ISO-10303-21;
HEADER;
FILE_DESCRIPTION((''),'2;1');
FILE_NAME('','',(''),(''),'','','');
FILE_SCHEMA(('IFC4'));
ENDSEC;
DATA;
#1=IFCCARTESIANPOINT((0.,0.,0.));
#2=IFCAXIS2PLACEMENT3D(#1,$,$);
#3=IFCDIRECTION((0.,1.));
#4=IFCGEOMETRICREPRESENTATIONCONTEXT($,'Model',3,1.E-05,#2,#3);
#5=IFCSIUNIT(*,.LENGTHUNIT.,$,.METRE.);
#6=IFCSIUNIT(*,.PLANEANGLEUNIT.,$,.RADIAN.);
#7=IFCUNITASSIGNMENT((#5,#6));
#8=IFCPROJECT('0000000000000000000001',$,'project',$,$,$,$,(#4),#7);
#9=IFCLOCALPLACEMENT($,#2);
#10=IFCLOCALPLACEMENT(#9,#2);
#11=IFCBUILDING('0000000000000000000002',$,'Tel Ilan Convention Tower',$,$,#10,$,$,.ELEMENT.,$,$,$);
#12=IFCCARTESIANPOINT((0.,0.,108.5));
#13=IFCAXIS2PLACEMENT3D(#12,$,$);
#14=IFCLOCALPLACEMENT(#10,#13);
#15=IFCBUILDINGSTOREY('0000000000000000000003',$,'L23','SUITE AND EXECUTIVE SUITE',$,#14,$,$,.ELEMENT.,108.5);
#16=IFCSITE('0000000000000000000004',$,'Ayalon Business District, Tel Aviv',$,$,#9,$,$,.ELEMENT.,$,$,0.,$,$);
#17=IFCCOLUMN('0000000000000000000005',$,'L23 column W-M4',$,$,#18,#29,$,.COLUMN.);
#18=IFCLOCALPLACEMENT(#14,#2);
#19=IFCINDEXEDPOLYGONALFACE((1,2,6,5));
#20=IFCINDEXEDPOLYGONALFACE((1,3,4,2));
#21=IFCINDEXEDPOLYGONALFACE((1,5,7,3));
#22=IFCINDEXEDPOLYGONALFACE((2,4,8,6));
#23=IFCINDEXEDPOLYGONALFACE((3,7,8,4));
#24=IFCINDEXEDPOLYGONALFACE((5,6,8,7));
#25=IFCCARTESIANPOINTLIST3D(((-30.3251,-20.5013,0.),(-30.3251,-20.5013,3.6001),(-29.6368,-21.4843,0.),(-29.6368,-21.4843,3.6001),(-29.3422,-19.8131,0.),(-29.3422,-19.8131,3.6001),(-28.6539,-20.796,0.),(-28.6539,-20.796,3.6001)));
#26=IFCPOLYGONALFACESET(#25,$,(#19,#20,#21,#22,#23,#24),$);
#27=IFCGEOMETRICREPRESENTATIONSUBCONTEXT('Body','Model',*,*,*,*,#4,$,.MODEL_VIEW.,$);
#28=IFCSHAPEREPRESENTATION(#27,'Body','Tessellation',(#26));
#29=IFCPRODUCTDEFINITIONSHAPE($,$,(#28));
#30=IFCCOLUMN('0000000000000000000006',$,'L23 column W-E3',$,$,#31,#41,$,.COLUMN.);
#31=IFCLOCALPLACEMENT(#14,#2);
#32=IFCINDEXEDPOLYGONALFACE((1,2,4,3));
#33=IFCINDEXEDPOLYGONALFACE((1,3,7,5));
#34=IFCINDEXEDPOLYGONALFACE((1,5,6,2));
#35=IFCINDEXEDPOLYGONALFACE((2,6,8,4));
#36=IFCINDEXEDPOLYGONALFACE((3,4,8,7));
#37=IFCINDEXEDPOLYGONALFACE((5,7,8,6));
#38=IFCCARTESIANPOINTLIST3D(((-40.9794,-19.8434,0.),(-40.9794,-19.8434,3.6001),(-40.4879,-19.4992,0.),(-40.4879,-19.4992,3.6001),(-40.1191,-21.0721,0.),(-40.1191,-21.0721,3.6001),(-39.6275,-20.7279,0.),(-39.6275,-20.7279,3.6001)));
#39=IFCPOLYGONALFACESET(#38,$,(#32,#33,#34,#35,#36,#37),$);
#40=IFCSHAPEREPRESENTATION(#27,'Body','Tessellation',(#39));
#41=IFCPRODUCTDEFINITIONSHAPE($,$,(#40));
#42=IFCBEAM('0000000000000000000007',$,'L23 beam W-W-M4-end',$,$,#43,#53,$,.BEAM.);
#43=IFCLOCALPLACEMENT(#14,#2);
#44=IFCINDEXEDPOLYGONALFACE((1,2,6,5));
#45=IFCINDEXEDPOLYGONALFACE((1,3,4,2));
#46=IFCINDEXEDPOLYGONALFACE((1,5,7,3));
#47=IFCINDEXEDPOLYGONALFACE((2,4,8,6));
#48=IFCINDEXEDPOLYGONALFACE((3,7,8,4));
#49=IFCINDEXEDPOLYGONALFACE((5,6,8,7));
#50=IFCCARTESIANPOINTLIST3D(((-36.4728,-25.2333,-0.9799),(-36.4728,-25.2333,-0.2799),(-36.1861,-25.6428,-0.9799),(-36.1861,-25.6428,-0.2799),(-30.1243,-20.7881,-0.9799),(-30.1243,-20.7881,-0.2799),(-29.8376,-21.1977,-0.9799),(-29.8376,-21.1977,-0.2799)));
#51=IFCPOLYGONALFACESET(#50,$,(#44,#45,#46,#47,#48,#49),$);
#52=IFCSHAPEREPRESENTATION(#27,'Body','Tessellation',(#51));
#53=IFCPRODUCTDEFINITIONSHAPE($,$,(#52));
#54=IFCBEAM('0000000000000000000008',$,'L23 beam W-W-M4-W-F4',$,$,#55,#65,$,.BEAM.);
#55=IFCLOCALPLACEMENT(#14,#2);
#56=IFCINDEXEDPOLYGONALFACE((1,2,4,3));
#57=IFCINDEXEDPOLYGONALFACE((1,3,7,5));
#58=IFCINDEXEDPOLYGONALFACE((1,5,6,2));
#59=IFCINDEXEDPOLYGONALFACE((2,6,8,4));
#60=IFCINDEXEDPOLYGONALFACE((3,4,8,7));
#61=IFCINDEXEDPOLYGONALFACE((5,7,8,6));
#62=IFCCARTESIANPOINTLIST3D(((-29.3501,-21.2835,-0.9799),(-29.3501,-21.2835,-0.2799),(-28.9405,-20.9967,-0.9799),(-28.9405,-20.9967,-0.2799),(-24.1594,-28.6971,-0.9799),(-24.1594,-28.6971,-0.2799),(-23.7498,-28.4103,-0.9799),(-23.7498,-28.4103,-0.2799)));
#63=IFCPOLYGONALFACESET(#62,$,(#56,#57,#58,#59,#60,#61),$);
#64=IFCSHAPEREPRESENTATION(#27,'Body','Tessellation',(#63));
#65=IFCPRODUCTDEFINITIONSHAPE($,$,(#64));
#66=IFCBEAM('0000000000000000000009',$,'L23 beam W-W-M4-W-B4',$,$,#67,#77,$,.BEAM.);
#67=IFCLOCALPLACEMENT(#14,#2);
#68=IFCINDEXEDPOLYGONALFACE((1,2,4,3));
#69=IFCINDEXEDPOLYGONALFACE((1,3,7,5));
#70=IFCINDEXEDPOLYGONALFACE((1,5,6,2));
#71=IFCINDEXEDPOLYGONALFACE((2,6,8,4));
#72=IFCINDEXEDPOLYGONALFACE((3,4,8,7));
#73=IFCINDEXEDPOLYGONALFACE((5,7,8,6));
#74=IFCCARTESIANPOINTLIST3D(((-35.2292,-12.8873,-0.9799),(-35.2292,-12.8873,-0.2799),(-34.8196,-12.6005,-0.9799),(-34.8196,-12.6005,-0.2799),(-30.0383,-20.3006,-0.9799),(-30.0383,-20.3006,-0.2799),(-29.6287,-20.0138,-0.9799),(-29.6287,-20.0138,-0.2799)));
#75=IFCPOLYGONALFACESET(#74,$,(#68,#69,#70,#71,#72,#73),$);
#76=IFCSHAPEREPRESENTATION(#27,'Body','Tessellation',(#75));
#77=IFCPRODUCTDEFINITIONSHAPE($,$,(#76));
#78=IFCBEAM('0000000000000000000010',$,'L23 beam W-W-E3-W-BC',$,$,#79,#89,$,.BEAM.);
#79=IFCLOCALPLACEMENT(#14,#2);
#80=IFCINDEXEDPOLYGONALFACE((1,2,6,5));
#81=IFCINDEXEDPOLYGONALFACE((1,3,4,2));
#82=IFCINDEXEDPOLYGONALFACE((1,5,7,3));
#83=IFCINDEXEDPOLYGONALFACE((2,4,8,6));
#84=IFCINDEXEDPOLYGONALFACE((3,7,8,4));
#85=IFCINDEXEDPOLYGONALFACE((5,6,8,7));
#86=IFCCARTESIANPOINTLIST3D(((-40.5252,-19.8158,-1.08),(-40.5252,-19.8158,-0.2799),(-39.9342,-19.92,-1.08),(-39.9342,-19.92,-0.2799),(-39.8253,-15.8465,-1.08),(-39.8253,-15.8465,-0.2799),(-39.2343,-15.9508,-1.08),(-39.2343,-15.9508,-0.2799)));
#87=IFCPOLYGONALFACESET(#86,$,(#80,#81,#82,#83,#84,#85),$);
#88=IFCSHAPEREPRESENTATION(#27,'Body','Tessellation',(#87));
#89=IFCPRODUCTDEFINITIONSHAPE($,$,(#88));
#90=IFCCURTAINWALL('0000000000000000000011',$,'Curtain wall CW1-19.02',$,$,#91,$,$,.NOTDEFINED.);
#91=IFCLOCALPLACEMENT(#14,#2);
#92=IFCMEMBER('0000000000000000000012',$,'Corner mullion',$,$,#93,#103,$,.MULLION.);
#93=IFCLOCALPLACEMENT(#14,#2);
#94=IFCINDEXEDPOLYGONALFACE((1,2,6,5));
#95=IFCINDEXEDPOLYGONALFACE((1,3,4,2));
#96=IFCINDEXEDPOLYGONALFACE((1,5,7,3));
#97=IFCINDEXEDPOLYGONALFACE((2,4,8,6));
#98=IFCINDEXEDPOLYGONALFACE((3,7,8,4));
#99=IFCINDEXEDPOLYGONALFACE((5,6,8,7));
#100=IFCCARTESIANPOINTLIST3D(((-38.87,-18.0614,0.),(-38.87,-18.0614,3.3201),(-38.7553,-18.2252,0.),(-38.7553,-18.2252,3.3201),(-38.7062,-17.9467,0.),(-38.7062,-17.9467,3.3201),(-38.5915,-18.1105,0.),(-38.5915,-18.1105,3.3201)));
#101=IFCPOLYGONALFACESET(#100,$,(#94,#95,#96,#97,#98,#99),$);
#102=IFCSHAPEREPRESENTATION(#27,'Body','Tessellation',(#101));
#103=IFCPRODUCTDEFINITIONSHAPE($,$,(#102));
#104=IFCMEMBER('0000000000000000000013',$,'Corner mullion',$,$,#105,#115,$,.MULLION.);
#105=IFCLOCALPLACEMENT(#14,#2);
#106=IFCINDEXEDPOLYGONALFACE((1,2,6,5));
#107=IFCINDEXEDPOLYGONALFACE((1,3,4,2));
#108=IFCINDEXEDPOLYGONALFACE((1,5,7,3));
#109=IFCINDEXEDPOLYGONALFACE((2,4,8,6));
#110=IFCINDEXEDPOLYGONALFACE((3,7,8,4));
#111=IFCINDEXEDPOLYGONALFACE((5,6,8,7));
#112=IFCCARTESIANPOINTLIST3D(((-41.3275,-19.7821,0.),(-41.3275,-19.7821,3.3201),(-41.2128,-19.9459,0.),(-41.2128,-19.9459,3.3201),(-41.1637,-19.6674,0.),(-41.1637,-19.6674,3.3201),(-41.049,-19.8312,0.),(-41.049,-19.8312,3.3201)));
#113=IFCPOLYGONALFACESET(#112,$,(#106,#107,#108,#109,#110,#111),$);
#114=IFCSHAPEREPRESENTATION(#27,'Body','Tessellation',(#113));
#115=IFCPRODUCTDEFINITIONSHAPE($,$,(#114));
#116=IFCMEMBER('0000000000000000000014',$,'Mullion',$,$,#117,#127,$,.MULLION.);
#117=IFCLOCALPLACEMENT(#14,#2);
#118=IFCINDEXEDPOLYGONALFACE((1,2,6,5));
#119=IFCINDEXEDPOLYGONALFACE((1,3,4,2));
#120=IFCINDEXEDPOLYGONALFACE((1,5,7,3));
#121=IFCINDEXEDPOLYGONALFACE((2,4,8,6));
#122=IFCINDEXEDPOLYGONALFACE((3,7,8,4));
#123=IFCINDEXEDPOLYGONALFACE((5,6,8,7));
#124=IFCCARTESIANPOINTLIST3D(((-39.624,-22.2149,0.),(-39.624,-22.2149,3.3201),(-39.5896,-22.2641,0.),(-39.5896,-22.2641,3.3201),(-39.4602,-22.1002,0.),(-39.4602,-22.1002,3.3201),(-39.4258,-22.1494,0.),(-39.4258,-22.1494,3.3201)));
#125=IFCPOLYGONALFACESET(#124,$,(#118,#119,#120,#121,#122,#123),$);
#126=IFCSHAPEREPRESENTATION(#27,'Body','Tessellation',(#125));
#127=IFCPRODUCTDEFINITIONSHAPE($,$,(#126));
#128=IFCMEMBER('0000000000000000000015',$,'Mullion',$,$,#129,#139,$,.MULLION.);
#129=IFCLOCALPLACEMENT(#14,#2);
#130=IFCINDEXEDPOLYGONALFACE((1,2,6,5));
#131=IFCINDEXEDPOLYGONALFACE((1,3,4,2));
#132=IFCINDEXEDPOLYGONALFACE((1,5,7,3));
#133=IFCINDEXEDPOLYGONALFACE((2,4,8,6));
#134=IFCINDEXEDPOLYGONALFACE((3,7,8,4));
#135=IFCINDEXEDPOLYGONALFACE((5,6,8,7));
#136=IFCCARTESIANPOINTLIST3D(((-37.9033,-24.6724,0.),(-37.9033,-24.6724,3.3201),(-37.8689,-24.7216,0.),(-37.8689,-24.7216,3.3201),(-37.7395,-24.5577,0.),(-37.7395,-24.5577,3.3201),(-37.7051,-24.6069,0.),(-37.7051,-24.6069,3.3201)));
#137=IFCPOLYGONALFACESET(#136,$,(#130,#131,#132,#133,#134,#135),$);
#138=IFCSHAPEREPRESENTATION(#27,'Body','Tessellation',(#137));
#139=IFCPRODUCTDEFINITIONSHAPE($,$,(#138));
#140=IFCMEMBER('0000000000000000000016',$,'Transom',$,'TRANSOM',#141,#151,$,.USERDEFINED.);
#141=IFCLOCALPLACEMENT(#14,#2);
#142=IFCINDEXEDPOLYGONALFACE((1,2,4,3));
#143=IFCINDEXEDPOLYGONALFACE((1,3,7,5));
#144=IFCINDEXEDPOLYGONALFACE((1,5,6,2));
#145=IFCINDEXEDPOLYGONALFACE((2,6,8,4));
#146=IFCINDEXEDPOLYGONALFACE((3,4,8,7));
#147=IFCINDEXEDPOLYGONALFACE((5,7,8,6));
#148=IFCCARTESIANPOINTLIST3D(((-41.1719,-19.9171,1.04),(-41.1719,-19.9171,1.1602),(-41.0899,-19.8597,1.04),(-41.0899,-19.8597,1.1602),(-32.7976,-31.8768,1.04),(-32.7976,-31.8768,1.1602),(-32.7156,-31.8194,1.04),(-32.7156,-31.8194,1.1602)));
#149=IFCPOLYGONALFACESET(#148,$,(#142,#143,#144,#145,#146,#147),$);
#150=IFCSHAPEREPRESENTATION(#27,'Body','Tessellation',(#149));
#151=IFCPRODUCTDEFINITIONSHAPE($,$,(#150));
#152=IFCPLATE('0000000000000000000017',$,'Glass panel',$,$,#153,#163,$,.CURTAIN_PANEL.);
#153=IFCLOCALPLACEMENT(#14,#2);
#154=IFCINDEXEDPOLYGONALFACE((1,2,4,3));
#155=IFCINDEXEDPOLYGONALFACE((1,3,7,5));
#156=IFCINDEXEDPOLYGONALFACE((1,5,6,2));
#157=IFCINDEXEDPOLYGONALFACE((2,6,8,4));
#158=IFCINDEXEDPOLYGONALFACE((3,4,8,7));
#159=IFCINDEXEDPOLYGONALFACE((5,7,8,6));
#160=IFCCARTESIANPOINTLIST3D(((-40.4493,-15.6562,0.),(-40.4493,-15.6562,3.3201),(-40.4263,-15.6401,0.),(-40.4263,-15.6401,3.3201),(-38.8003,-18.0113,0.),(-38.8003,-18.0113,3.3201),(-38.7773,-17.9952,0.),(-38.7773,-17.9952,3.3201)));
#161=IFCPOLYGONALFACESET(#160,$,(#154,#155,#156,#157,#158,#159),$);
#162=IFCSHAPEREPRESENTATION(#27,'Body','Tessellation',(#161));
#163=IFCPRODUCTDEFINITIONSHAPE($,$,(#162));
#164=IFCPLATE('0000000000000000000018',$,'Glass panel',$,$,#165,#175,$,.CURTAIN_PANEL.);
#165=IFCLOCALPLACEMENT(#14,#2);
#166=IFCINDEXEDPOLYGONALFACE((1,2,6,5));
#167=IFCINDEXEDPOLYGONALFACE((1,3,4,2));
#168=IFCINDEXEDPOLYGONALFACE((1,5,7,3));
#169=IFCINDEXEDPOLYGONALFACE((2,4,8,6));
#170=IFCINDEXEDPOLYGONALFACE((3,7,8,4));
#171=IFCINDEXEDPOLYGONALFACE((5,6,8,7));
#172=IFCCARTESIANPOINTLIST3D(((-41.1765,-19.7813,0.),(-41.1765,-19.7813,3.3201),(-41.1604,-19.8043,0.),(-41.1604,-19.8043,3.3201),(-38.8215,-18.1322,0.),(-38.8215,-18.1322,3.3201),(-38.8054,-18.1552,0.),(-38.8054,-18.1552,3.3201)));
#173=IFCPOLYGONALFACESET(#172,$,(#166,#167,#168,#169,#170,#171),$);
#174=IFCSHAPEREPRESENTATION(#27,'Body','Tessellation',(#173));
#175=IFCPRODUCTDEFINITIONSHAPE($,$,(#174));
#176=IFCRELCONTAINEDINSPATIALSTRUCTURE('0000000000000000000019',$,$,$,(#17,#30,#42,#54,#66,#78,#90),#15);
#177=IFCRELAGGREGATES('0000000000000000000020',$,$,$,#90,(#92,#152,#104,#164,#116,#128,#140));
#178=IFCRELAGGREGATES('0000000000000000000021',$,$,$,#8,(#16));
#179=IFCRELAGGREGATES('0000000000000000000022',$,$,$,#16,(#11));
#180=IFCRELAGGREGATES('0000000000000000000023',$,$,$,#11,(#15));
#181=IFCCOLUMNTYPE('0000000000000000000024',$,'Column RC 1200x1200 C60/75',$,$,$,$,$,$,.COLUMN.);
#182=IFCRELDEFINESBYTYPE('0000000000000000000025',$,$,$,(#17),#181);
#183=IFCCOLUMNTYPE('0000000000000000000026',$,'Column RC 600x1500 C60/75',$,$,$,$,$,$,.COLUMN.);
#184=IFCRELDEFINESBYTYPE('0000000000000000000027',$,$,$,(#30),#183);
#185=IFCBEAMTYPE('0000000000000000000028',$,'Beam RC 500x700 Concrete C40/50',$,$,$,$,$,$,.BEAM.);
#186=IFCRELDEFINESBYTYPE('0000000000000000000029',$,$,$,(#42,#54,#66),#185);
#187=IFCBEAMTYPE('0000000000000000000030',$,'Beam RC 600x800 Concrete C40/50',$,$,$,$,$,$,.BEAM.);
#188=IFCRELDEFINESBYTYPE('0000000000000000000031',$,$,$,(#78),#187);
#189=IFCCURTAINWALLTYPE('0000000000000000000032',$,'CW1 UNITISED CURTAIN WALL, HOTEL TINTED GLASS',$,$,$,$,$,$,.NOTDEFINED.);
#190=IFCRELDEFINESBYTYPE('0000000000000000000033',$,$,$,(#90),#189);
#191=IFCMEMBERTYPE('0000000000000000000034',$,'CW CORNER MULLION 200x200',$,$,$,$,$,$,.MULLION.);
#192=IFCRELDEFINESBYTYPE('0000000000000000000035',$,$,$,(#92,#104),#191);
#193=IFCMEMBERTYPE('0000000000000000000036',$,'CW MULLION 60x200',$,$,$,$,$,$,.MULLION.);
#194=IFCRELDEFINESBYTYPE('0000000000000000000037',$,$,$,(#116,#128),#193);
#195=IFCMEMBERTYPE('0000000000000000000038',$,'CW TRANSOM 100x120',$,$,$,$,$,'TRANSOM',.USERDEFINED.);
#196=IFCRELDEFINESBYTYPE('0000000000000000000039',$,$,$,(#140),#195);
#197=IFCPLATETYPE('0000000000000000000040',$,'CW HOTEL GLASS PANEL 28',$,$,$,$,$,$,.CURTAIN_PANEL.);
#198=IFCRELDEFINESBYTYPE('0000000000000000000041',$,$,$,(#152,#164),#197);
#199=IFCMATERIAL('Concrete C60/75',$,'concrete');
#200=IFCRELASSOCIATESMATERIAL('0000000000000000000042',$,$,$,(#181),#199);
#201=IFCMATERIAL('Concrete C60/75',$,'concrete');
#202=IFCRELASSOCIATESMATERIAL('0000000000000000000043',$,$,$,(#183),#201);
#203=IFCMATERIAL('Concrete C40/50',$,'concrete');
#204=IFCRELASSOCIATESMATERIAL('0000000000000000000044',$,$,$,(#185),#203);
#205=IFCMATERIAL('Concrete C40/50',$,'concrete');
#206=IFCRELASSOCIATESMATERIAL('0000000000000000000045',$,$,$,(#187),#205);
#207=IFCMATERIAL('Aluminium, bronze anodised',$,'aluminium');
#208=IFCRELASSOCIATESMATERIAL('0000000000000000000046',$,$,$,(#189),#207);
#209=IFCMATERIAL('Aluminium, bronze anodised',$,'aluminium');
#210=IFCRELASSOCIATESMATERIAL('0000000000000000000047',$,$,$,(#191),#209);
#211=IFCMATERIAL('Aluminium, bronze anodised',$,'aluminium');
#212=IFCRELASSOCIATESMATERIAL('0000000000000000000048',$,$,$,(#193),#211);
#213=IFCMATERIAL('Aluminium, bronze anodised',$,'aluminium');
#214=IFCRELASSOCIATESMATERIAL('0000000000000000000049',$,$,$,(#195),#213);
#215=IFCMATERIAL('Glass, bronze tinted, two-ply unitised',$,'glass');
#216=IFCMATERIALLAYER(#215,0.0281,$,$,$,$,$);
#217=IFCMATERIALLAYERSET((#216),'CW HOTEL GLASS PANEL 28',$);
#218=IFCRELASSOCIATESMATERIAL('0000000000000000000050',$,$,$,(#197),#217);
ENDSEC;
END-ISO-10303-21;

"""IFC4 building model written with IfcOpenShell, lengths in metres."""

from ifc_helpers import new_model, si_unit, direction, frame, origin, origin_2d, place, context, subcontext, project, spatial, rectangle, extrude, material, layer, layer_set, material_profile, profile_set, type_object, element, aggregate, save


model = new_model("IFC4")

# Units and contexts
model_context = context("Model", 3, precision=1e-05, world=origin(), true_north=direction((0.0, 1.0)))
body_context = subcontext(model_context, "Body", "Model", "MODEL_VIEW")
ifc_project = project(units=[si_unit("LENGTHUNIT", "METRE"), si_unit("PLANEANGLEUNIT", "RADIAN")], contexts=[model_context])

# Site, building, storey
site_placement = place(None, origin())
site = spatial("IfcSite", under=ifc_project, at=site_placement, Name="Ayalon Business District, Tel Aviv", CompositionType="ELEMENT", RefElevation=0.0)
building_placement = place(site_placement, origin())
building = spatial("IfcBuilding", under=site, at=building_placement, Name="Tel Ilan Convention Tower", CompositionType="ELEMENT")
storey_placement = place(building_placement, frame((0.0, 0.0, 108.5)))
storey = spatial("IfcBuildingStorey", under=building, at=storey_placement, Name="L23", Description="SUITE AND EXECUTIVE SUITE", CompositionType="ELEMENT", Elevation=108.5)

# Columns
ifc_material_1 = material(Name="Concrete C60/75", Category="concrete")
ifc_material_profile_1 = material_profile(ifc_material_1, rectangle(XDim=1.2, YDim=1.2, at=origin_2d()), Name="RC 1200x1200")
ifc_profile_set_1 = profile_set([ifc_material_profile_1], Name="Concrete C60/75")
column_type_1 = type_object("IfcColumnType", Name="Column RC 1200x1200 C60/75", PredefinedType="COLUMN", material=ifc_profile_set_1)
column_1_placement = place(storey_placement, frame((-29.4895, -20.6487, 0.0), z_axis=(0.0, 0.0, 1.0), x_axis=(-0.819152, -0.573576, 0.0)))
element("IfcColumn", 1, at=column_1_placement, inside=storey, type_object=column_type_1, Name="L23 column W-M4", PredefinedType="COLUMN", context=body_context, shape_type="SweptSolid", body=[
    extrude(rectangle(XDim=1.2, YDim=1.2, at=origin_2d()), origin(), (0.0, 0.0, 1.0), 3.6001),
])
ifc_material_2 = material(Name="Concrete C60/75", Category="concrete")
ifc_material_profile_2 = material_profile(ifc_material_2, rectangle(XDim=1.5, YDim=0.6001, at=origin_2d()), Name="RC 600x1500")
ifc_profile_set_2 = profile_set([ifc_material_profile_2], Name="Concrete C60/75")
column_type_2 = type_object("IfcColumnType", Name="Column RC 600x1500 C60/75", PredefinedType="COLUMN", material=ifc_profile_set_2)
column_2_placement = place(storey_placement, frame((-40.3035, -20.2856, 0.0), z_axis=(0.0, 0.0, 1.0), x_axis=(-0.573576, 0.819152, 0.0)))
element("IfcColumn", 2, at=column_2_placement, inside=storey, type_object=column_type_2, Name="L23 column W-E3", PredefinedType="COLUMN", context=body_context, shape_type="SweptSolid", body=[
    extrude(rectangle(XDim=1.5, YDim=0.6001, at=origin_2d()), origin(), (0.0, 0.0, 1.0), 3.6001),
])

# Beams
ifc_material_3 = material(Name="Concrete C40/50", Category="concrete")
ifc_material_profile_3 = material_profile(ifc_material_3, rectangle(XDim=0.5, YDim=0.7, at=origin_2d()), Name="RC 500x700")
ifc_profile_set_3 = profile_set([ifc_material_profile_3], Name="Concrete C40/50")
beam_type_1 = type_object("IfcBeamType", Name="Beam RC 500x700 Concrete C40/50", PredefinedType="BEAM", material=ifc_profile_set_3)
beam_1_placement = place(storey_placement, frame((-29.981, -20.9929, -0.6299), z_axis=(-0.819159, -0.573566, 0.0), x_axis=(0.573566, -0.819159, 0.0)))
element("IfcBeam", 3, at=beam_1_placement, inside=storey, type_object=beam_type_1, Name="L23 beam W-W-M4-end", PredefinedType="BEAM", context=body_context, shape_type="SweptSolid", body=[
    extrude(rectangle(XDim=0.5, YDim=0.7, at=origin_2d()), origin(), (0.0, 0.0, 1.0), 7.75),
])
for number, where, z_axis, x_axis, name in (
    (4, (-29.1453, -21.1401, -0.6299), (0.573549, -0.819171, 0.0), (0.819171, 0.573549, 0.0), "L23 beam W-W-M4-W-F4"),
    (5, (-29.8335, -20.1572, -0.6299), (-0.57358, 0.81915, 0.0), (-0.81915, -0.57358, 0.0), "L23 beam W-W-M4-W-B4"),
):
    element("IfcBeam", number, at=place(storey_placement, frame(where, z_axis=z_axis, x_axis=x_axis)), inside=storey, type_object=beam_type_1, Name=name, PredefinedType="BEAM", context=body_context, shape_type="SweptSolid", body=[
        extrude(rectangle(XDim=0.5, YDim=0.7, at=origin_2d()), origin(), (0.0, 0.0, 1.0), 9.05),
    ])
ifc_material_4 = material(Name="Concrete C40/50", Category="concrete")
ifc_material_profile_4 = material_profile(ifc_material_4, rectangle(XDim=0.6001, YDim=0.8, at=origin_2d()), Name="RC 600x800")
ifc_profile_set_4 = profile_set([ifc_material_profile_4], Name="Concrete C40/50")
beam_type_2 = type_object("IfcBeamType", Name="Beam RC 600x800 Concrete C40/50", PredefinedType="BEAM", material=ifc_profile_set_4)
beam_2_placement = place(storey_placement, frame((-40.2297, -19.8679, -0.6799), z_axis=(0.173664, 0.984805, 0.0), x_axis=(-0.984805, 0.173664, 0.0)))
element("IfcBeam", 6, at=beam_2_placement, inside=storey, type_object=beam_type_2, Name="L23 beam W-W-E3-W-BC", PredefinedType="BEAM", context=body_context, shape_type="SweptSolid", body=[
    extrude(rectangle(XDim=0.6001, YDim=0.8, at=origin_2d()), origin(), (0.0, 0.0, 1.0), 4.0305),
])

# Curtain wall, members, plates
ifc_material_5 = material(Name="Aluminium, bronze anodised", Category="aluminium")
curtain_wall_type = type_object("IfcCurtainWallType", Name="CW1 UNITISED CURTAIN WALL, HOTEL TINTED GLASS", PredefinedType="NOTDEFINED", material=ifc_material_5)
curtain_wall_placement = place(storey_placement, origin())
curtain_wall = element("IfcCurtainWall", 7, at=curtain_wall_placement, inside=storey, type_object=curtain_wall_type, Name="Curtain wall CW1-19.02", PredefinedType="NOTDEFINED")
ifc_material_6 = material(Name="Aluminium, bronze anodised", Category="aluminium")
ifc_material_profile_5 = material_profile(ifc_material_6, rectangle(XDim=0.2, YDim=0.2, at=origin_2d()), Name="CW CORNER MULLION 200x200")
ifc_profile_set_5 = profile_set([ifc_material_profile_5], Name="Aluminium, bronze anodised")
member_type_1 = type_object("IfcMemberType", Name="CW CORNER MULLION 200x200", PredefinedType="MULLION", material=ifc_profile_set_5)
member_1_placement = place(storey_placement, frame((-38.7307, -18.0859, 0.0), z_axis=(0.0, 0.0, 1.0), x_axis=(0.573576, -0.819152, 0.0)))
member_1 = element("IfcMember", 8, at=member_1_placement, type_object=member_type_1, Name="Corner mullion", PredefinedType="MULLION", context=body_context, shape_type="SweptSolid", body=[
    extrude(rectangle(XDim=0.2, YDim=0.2, at=origin_2d()), origin(), (0.0, 0.0, 1.0), 3.3201),
])
member_2_placement = place(storey_placement, frame((-41.1882, -19.8066, 0.0), z_axis=(0.0, 0.0, 1.0), x_axis=(-0.819152, -0.573576, 0.0)))
member_2 = element("IfcMember", 9, at=member_2_placement, type_object=member_type_1, Name="Corner mullion", PredefinedType="MULLION", context=body_context, shape_type="SweptSolid", body=[
    extrude(rectangle(XDim=0.2, YDim=0.2, at=origin_2d()), origin(), (0.0, 0.0, 1.0), 3.3201),
])
ifc_material_7 = material(Name="Aluminium, bronze anodised", Category="aluminium")
ifc_material_profile_6 = material_profile(ifc_material_7, rectangle(XDim=0.0601, YDim=0.2, at=origin_2d()), Name="CW MULLION 60x200")
ifc_profile_set_6 = profile_set([ifc_material_profile_6], Name="Aluminium, bronze anodised")
member_type_2 = type_object("IfcMemberType", Name="CW MULLION 60x200", PredefinedType="MULLION", material=ifc_profile_set_6)
member_3_placement = place(storey_placement, frame((-39.5249, -22.1821, 0.0), z_axis=(0.0, 0.0, 1.0), x_axis=(0.573576, -0.819152, 0.0)))
member_3 = element("IfcMember", 10, at=member_3_placement, type_object=member_type_2, Name="Mullion", PredefinedType="MULLION", context=body_context, shape_type="SweptSolid", body=[
    extrude(rectangle(XDim=0.0601, YDim=0.2, at=origin_2d()), origin(), (0.0, 0.0, 1.0), 3.3201),
])
member_4_placement = place(storey_placement, frame((-37.8042, -24.6396, 0.0), z_axis=(0.0, 0.0, 1.0), x_axis=(0.573576, -0.819152, 0.0)))
member_4 = element("IfcMember", 11, at=member_4_placement, type_object=member_type_2, Name="Mullion", PredefinedType="MULLION", context=body_context, shape_type="SweptSolid", body=[
    extrude(rectangle(XDim=0.0601, YDim=0.2, at=origin_2d()), origin(), (0.0, 0.0, 1.0), 3.3201),
])
ifc_material_8 = material(Name="Aluminium, bronze anodised", Category="aluminium")
ifc_material_profile_7 = material_profile(ifc_material_8, rectangle(XDim=0.1001, YDim=0.1201, at=origin_2d()), Name="CW TRANSOM 100x120")
ifc_profile_set_7 = profile_set([ifc_material_profile_7], Name="Aluminium, bronze anodised")
member_type_3 = type_object("IfcMemberType", Name="CW TRANSOM 100x120", ElementType="TRANSOM", PredefinedType="USERDEFINED", material=ifc_profile_set_7)
member_5_placement = place(storey_placement, frame((-41.1309, -19.8884, 1.1001), z_axis=(0.573576, -0.819153, 0.0), x_axis=(0.819153, 0.573576, 0.0)))
member_5 = element("IfcMember", 12, at=member_5_placement, type_object=member_type_3, Name="Transom", ObjectType="TRANSOM", PredefinedType="USERDEFINED", context=body_context, shape_type="SweptSolid", body=[
    extrude(rectangle(XDim=0.1001, YDim=0.1201, at=origin_2d()), origin(), (0.0, 0.0, 1.0), 14.6001),
])
ifc_material_9 = material(Name="Glass, bronze tinted, two-ply unitised", Category="glass")
ifc_layer_1 = layer(ifc_material_9, 0.0281)
ifc_layer_set_1 = layer_set([ifc_layer_1], Name="CW HOTEL GLASS PANEL 28")
plate_type = type_object("IfcPlateType", Name="CW HOTEL GLASS PANEL 28", PredefinedType="CURTAIN_PANEL", material=ifc_layer_set_1)
plate_1_placement = place(storey_placement, frame((-39.6133, -16.8257, 0.0), z_axis=(0.0, 0.0, 1.0), x_axis=(0.573576, -0.819152, 0.0)))
plate_1 = element("IfcPlate", 13, at=plate_1_placement, type_object=plate_type, Name="Glass panel", PredefinedType="CURTAIN_PANEL", context=body_context, shape_type="SweptSolid", body=[
    extrude(rectangle(XDim=2.875, YDim=0.0281, at=origin_2d()), origin(), (0.0, 0.0, 1.0), 3.3201),
])
plate_2_placement = place(storey_placement, frame((-39.991, -18.9683, 0.0), z_axis=(0.0, 0.0, 1.0), x_axis=(-0.819152, -0.573576, 0.0)))
plate_2 = element("IfcPlate", 14, at=plate_2_placement, type_object=plate_type, Name="Glass panel", PredefinedType="CURTAIN_PANEL", context=body_context, shape_type="SweptSolid", body=[
    extrude(rectangle(XDim=2.875, YDim=0.0281, at=origin_2d()), origin(), (0.0, 0.0, 1.0), 3.3201),
])
aggregate(curtain_wall, [member_1, plate_1, member_2, plate_2, member_3, member_4, member_5])

save(model, "model.ifc")
